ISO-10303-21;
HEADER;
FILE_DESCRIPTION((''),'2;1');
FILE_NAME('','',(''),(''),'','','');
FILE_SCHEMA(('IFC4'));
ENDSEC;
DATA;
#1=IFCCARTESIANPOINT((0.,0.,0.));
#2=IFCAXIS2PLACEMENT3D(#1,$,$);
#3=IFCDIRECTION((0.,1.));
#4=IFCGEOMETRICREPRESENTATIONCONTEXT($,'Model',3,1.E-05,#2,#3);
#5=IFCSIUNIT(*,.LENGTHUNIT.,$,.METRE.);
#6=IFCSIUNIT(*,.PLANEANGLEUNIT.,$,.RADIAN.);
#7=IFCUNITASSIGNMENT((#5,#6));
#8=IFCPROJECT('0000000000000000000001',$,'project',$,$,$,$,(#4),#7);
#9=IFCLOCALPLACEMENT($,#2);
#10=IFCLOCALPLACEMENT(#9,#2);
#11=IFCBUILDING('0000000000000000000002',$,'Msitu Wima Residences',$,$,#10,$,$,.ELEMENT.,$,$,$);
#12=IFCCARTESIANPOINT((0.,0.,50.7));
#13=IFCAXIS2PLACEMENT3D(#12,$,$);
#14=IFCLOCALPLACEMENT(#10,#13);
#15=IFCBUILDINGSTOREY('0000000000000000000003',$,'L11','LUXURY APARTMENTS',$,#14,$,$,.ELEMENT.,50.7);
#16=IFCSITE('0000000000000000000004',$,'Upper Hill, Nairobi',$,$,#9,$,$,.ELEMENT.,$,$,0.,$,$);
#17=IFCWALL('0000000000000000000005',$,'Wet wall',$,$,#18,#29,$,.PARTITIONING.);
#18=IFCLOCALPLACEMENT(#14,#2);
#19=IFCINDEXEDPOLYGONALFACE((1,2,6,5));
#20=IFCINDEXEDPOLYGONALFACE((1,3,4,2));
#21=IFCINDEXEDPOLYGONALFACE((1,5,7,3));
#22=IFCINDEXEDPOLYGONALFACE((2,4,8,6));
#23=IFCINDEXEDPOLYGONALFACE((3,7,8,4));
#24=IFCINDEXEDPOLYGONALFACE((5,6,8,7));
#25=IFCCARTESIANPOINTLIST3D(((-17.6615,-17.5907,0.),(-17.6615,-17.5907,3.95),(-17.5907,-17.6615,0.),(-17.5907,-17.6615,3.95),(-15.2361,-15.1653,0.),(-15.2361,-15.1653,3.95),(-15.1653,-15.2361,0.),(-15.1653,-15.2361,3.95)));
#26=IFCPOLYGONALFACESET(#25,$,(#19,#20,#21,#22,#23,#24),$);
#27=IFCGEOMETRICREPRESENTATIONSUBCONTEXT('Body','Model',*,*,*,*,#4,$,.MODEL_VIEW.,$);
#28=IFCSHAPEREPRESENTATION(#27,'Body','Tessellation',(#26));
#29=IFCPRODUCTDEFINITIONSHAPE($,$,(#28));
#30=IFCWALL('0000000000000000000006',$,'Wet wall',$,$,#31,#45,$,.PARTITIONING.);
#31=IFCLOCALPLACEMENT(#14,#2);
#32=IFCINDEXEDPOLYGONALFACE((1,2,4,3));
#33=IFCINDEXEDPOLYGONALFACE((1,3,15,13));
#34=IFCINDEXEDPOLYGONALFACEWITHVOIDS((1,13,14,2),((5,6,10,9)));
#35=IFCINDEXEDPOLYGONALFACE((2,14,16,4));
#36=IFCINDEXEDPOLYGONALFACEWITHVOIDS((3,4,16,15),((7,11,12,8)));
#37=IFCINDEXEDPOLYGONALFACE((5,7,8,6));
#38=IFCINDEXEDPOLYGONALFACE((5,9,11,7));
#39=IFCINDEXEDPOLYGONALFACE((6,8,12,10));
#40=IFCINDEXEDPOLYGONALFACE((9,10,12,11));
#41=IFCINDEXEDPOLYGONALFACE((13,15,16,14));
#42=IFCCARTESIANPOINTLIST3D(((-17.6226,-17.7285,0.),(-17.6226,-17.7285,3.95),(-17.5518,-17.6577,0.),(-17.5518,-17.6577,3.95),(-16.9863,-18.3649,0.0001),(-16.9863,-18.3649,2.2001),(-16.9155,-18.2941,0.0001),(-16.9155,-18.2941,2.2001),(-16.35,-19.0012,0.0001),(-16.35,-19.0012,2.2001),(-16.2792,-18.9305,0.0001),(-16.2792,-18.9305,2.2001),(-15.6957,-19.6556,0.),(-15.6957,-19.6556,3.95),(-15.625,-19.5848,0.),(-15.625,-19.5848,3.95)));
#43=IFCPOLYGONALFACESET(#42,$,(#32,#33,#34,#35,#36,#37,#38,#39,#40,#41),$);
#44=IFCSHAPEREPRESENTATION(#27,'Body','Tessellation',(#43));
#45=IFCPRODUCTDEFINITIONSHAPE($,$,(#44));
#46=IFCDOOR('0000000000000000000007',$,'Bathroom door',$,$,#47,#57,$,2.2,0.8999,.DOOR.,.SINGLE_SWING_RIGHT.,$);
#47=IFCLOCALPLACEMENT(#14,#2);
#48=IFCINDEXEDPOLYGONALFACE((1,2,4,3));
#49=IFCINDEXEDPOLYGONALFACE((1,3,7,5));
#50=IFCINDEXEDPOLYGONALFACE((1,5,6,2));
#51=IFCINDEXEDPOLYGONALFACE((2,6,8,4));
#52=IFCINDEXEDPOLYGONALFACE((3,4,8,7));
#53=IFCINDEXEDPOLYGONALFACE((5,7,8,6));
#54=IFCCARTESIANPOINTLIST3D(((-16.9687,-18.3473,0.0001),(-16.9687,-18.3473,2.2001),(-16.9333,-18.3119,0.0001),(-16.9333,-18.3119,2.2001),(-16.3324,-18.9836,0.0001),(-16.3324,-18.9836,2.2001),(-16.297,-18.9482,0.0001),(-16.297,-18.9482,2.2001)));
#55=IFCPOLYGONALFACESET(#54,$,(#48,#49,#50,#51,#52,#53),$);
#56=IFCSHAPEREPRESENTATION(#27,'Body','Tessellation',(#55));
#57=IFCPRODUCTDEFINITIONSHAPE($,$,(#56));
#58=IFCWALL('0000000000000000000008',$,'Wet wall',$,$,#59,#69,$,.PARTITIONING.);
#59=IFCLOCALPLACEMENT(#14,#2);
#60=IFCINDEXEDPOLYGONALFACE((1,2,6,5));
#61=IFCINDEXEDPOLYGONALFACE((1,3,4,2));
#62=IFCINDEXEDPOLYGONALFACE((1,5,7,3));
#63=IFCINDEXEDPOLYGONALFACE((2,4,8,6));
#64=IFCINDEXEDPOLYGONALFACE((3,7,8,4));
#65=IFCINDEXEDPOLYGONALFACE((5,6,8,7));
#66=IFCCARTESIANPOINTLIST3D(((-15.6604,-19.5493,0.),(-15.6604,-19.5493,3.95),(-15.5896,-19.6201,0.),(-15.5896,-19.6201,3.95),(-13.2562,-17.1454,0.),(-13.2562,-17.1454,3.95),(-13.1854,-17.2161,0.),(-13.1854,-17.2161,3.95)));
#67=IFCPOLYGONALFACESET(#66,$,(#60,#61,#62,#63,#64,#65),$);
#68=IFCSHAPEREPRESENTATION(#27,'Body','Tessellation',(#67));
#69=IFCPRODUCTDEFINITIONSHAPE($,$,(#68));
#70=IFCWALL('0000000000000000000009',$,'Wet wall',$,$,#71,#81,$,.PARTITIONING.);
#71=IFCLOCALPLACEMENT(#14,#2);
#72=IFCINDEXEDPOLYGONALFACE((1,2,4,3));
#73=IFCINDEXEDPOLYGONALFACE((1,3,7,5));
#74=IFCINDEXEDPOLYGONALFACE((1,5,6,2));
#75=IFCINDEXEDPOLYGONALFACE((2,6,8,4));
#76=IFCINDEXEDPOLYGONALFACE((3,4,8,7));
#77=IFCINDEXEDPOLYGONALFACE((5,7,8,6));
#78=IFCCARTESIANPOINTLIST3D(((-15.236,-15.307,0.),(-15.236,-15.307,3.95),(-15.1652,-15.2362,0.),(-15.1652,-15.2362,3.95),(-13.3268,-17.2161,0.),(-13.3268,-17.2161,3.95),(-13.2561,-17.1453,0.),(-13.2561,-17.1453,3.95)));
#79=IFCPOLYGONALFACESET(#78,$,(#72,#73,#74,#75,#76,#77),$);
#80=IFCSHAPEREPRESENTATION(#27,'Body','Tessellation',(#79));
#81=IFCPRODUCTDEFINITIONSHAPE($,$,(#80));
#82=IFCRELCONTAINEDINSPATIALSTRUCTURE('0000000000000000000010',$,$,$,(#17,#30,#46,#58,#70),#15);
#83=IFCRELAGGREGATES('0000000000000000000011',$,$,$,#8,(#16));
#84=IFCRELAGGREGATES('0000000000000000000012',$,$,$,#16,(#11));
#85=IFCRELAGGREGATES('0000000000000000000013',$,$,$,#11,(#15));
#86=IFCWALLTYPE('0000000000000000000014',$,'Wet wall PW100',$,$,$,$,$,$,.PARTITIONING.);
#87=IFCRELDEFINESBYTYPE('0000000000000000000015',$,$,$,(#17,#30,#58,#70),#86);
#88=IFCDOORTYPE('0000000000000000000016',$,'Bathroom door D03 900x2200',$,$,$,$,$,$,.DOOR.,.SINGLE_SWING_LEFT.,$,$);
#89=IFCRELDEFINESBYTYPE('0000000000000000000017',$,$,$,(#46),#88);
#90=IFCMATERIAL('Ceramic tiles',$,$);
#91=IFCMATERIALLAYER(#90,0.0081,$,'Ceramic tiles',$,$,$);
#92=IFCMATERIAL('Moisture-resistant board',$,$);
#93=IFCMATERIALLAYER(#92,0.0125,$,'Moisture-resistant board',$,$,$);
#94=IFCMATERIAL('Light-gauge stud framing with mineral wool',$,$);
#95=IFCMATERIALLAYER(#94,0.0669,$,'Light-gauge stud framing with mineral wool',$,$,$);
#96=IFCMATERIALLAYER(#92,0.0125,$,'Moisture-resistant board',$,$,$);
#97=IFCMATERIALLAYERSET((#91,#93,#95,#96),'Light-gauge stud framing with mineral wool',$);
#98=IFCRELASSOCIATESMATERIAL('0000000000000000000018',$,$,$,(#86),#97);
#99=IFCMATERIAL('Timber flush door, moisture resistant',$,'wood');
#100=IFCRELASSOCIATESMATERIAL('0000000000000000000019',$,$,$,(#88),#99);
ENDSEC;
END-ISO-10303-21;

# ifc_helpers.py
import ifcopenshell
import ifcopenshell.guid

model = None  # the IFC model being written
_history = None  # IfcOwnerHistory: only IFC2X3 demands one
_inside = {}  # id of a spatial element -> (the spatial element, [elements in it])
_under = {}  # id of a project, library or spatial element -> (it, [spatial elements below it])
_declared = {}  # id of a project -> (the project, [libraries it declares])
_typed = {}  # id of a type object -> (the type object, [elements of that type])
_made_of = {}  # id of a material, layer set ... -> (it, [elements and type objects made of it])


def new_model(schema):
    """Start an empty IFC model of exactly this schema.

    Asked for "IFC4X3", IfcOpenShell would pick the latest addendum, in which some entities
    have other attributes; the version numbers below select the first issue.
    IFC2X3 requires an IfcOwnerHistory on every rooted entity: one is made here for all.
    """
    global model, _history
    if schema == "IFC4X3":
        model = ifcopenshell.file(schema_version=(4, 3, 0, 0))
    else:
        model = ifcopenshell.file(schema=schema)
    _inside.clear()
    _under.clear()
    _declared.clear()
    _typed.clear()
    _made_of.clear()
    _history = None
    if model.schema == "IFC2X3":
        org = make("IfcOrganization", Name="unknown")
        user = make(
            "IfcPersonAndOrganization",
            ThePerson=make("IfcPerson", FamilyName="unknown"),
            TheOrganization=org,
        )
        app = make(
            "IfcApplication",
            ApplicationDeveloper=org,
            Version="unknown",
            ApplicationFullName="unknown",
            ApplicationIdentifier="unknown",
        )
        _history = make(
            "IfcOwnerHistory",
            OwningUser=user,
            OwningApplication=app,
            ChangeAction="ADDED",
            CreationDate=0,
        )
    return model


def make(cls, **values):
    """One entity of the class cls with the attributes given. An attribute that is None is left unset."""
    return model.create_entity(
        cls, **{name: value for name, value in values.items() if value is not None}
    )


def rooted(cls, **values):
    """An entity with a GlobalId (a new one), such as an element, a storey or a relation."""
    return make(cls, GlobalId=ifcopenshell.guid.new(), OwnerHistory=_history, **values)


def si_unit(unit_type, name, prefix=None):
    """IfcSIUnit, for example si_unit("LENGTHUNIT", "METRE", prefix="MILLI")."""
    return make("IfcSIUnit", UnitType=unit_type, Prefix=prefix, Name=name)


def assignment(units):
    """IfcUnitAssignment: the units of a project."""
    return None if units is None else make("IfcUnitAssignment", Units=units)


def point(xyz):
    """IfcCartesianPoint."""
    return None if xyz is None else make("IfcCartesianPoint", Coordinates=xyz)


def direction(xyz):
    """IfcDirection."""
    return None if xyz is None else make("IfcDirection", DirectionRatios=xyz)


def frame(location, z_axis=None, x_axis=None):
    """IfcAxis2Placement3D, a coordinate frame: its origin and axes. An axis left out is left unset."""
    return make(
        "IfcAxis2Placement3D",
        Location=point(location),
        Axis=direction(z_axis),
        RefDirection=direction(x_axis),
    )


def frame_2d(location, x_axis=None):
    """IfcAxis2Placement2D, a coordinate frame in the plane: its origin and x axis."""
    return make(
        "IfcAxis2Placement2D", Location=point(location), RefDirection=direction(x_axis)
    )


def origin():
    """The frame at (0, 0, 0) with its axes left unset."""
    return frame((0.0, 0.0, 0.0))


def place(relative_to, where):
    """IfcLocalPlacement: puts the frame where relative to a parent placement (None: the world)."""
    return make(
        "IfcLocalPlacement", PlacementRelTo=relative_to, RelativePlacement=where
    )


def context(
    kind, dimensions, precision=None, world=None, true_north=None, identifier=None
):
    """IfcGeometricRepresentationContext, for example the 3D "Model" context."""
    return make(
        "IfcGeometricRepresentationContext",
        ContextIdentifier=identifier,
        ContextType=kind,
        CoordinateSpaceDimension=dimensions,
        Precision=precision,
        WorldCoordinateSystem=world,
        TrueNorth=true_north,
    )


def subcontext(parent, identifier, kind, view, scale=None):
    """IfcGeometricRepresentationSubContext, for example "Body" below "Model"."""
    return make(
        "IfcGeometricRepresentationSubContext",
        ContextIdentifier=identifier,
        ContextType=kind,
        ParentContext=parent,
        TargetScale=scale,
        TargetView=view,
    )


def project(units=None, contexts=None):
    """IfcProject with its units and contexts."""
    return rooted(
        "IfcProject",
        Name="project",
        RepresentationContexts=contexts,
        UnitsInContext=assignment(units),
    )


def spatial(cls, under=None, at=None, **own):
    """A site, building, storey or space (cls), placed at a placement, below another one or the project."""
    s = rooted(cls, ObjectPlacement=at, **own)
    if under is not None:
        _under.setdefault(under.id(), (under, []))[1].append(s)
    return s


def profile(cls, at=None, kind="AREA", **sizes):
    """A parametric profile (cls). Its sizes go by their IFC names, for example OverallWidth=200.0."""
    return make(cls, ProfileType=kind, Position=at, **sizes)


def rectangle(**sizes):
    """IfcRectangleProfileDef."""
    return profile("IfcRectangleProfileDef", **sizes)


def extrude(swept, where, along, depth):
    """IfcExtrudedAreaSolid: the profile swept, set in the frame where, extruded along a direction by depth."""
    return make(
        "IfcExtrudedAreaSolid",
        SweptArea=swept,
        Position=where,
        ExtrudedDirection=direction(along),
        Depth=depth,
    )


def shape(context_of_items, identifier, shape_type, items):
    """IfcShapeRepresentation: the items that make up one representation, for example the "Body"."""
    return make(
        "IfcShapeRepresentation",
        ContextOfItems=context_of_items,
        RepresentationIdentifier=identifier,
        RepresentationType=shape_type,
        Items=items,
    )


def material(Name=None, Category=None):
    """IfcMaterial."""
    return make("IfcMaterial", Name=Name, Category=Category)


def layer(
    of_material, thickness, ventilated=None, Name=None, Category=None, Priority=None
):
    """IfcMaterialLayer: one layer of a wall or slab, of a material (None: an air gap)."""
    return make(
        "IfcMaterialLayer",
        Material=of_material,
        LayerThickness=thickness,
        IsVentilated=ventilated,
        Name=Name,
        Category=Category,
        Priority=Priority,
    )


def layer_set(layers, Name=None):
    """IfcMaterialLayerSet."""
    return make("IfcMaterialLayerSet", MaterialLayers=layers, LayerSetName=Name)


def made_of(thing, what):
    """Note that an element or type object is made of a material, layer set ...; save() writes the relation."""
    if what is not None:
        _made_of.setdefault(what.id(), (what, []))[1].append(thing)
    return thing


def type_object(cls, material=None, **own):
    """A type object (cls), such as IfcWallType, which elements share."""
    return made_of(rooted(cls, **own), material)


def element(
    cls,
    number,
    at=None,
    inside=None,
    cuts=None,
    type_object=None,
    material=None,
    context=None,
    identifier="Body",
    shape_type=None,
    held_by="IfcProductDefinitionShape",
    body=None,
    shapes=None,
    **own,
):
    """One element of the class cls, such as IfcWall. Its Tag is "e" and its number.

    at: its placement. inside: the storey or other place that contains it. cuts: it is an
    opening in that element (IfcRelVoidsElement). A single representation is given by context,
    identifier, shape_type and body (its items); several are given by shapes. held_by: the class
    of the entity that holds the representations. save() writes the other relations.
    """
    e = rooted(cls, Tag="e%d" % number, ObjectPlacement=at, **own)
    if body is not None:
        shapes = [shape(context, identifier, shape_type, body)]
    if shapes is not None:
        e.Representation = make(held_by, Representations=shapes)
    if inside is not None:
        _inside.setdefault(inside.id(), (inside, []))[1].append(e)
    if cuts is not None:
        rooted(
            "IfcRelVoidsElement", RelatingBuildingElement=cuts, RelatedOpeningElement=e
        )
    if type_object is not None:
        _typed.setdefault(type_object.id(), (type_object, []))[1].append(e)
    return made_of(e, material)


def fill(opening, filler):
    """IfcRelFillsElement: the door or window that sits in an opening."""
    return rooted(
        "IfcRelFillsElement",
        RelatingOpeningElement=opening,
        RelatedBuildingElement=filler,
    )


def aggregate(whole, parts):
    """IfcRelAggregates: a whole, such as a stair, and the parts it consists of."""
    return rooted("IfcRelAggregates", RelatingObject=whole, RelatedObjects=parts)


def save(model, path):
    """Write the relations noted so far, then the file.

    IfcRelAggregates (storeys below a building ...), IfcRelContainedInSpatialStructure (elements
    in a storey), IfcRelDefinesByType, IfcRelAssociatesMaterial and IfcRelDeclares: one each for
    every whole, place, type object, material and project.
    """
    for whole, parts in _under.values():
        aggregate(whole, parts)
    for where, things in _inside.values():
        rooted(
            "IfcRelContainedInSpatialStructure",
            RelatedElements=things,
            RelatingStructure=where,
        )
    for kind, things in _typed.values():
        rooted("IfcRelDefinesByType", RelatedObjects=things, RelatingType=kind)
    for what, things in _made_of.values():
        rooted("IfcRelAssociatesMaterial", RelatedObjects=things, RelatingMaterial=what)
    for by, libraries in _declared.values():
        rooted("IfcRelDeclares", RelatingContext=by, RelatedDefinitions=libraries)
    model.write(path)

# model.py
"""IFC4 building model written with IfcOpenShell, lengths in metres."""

from ifc_helpers import new_model, si_unit, direction, frame, frame_2d, origin, place, context, subcontext, project, spatial, rectangle, extrude, material, layer, layer_set, type_object, element, fill, save


model = new_model("IFC4")

# Units and contexts
model_context = context("Model", 3, precision=1e-05, world=origin(), true_north=direction((0.0, 1.0)))
body_context = subcontext(model_context, "Body", "Model", "MODEL_VIEW")
ifc_project = project(units=[si_unit("LENGTHUNIT", "METRE"), si_unit("PLANEANGLEUNIT", "RADIAN")], contexts=[model_context])

# Site, building, storey
site_placement = place(None, origin())
site = spatial("IfcSite", under=ifc_project, at=site_placement, Name="Upper Hill, Nairobi", CompositionType="ELEMENT", RefElevation=0.0)
building_placement = place(site_placement, origin())
building = spatial("IfcBuilding", under=site, at=building_placement, Name="Msitu Wima Residences", CompositionType="ELEMENT")
storey_placement = place(building_placement, frame((0.0, 0.0, 50.7)))
storey = spatial("IfcBuildingStorey", under=building, at=storey_placement, Name="L11", Description="LUXURY APARTMENTS", CompositionType="ELEMENT", Elevation=50.7)

# Wall
ifc_material_1 = material(Name="Ceramic tiles")
ifc_layer_1 = layer(ifc_material_1, 0.0081, Name="Ceramic tiles")
ifc_material_2 = material(Name="Moisture-resistant board")
ifc_layer_2 = layer(ifc_material_2, 0.0125, Name="Moisture-resistant board")
ifc_material_3 = material(Name="Light-gauge stud framing with mineral wool")
ifc_layer_3 = layer(ifc_material_3, 0.0669, Name="Light-gauge stud framing with mineral wool")
ifc_layer_4 = layer(ifc_material_2, 0.0125, Name="Moisture-resistant board")
ifc_layer_set_1 = layer_set([ifc_layer_1, ifc_layer_2, ifc_layer_3, ifc_layer_4], Name="Light-gauge stud framing with mineral wool")
wall_type_1 = type_object("IfcWallType", Name="Wet wall PW100", PredefinedType="PARTITIONING", material=ifc_layer_set_1)
wall_1_placement = place(storey_placement, frame((-17.626, -17.626, 0.0), z_axis=(0.0, 0.0, 1.0), x_axis=(0.707107, 0.707107, 0.0)))
element("IfcWall", 1, at=wall_1_placement, inside=storey, type_object=wall_type_1, Name="Wet wall", PredefinedType="PARTITIONING", context=body_context, shape_type="SweptSolid", body=[
    extrude(rectangle(XDim=3.4299, YDim=0.1001, at=frame_2d((1.7148, 0.0))), origin(), (0.0, 0.0, 1.0), 3.95),
])

# Wall, opening, door
wall_2_placement = place(storey_placement, frame((-17.5872, -17.6931, 0.0), z_axis=(0.0, 0.0, 1.0), x_axis=(0.707062, -0.707152, 0.0)))
wall_2 = element("IfcWall", 2, at=wall_2_placement, inside=storey, type_object=wall_type_1, Name="Wet wall", PredefinedType="PARTITIONING", context=body_context, shape_type="SweptSolid", body=[
    extrude(rectangle(XDim=2.7251, YDim=0.1001, at=frame_2d((1.3625, 0.0))), origin(), (0.0, 0.0, 1.0), 3.95),
])
opening_1_placement = place(wall_2_placement, frame((0.8999, 0.0, 0.0)))
opening_1 = element("IfcOpeningElement", 3, at=opening_1_placement, cuts=wall_2, PredefinedType="OPENING", context=body_context, shape_type="SweptSolid", body=[
    extrude(rectangle(XDim=0.8999, YDim=2.2, at=frame_2d((0.45, 1.1001))), frame((0.0, 0.0601, 0.0), z_axis=(0.0, -1.0, 0.0), x_axis=(1.0, 0.0, 0.0)), (0.0, 0.0, 1.0), 0.1201),
])
ifc_material_4 = material(Name="Timber flush door, moisture resistant", Category="wood")
door_type_1 = type_object("IfcDoorType", Name="Bathroom door D03 900x2200", OperationType="SINGLE_SWING_LEFT", PredefinedType="DOOR", material=ifc_material_4)
door_1_placement = place(opening_1_placement, origin())
door_1 = element("IfcDoor", 4, at=door_1_placement, inside=storey, type_object=door_type_1, Name="Bathroom door", OperationType="SINGLE_SWING_RIGHT", OverallHeight=2.2, OverallWidth=0.8999, PredefinedType="DOOR", context=body_context, shape_type="SweptSolid", body=[
    extrude(rectangle(XDim=0.8999, YDim=2.2, at=frame_2d((0.45, 1.1001))), frame((0.0, 0.0249, 0.0), z_axis=(0.0, -1.0, 0.0), x_axis=(1.0, 0.0, 0.0)), (0.0, 0.0, 1.0), 0.05),
])
fill(opening_1, door_1)

# Walls
wall_3_placement = place(storey_placement, frame((-15.625, -19.5847, 0.0), z_axis=(0.0, 0.0, 1.0), x_axis=(0.707143, 0.707071, 0.0)))
element("IfcWall", 5, at=wall_3_placement, inside=storey, type_object=wall_type_1, Name="Wet wall", PredefinedType="PARTITIONING", context=body_context, shape_type="SweptSolid", body=[
    extrude(rectangle(XDim=3.3999, YDim=0.1001, at=frame_2d((1.7, 0.0))), origin(), (0.0, 0.0, 1.0), 3.95),
])
wall_4_placement = place(storey_placement, frame((-15.2007, -15.2715, 0.0), z_axis=(0.0, 0.0, 1.0), x_axis=(0.707107, -0.707107, 0.0)))
element("IfcWall", 6, at=wall_4_placement, inside=storey, type_object=wall_type_1, Name="Wet wall", PredefinedType="PARTITIONING", context=body_context, shape_type="SweptSolid", body=[
    extrude(rectangle(XDim=2.7, YDim=0.1001, at=frame_2d((1.3501, 0.0))), origin(), (0.0, 0.0, 1.0), 3.95),
])

save(model, "model.ifc")
